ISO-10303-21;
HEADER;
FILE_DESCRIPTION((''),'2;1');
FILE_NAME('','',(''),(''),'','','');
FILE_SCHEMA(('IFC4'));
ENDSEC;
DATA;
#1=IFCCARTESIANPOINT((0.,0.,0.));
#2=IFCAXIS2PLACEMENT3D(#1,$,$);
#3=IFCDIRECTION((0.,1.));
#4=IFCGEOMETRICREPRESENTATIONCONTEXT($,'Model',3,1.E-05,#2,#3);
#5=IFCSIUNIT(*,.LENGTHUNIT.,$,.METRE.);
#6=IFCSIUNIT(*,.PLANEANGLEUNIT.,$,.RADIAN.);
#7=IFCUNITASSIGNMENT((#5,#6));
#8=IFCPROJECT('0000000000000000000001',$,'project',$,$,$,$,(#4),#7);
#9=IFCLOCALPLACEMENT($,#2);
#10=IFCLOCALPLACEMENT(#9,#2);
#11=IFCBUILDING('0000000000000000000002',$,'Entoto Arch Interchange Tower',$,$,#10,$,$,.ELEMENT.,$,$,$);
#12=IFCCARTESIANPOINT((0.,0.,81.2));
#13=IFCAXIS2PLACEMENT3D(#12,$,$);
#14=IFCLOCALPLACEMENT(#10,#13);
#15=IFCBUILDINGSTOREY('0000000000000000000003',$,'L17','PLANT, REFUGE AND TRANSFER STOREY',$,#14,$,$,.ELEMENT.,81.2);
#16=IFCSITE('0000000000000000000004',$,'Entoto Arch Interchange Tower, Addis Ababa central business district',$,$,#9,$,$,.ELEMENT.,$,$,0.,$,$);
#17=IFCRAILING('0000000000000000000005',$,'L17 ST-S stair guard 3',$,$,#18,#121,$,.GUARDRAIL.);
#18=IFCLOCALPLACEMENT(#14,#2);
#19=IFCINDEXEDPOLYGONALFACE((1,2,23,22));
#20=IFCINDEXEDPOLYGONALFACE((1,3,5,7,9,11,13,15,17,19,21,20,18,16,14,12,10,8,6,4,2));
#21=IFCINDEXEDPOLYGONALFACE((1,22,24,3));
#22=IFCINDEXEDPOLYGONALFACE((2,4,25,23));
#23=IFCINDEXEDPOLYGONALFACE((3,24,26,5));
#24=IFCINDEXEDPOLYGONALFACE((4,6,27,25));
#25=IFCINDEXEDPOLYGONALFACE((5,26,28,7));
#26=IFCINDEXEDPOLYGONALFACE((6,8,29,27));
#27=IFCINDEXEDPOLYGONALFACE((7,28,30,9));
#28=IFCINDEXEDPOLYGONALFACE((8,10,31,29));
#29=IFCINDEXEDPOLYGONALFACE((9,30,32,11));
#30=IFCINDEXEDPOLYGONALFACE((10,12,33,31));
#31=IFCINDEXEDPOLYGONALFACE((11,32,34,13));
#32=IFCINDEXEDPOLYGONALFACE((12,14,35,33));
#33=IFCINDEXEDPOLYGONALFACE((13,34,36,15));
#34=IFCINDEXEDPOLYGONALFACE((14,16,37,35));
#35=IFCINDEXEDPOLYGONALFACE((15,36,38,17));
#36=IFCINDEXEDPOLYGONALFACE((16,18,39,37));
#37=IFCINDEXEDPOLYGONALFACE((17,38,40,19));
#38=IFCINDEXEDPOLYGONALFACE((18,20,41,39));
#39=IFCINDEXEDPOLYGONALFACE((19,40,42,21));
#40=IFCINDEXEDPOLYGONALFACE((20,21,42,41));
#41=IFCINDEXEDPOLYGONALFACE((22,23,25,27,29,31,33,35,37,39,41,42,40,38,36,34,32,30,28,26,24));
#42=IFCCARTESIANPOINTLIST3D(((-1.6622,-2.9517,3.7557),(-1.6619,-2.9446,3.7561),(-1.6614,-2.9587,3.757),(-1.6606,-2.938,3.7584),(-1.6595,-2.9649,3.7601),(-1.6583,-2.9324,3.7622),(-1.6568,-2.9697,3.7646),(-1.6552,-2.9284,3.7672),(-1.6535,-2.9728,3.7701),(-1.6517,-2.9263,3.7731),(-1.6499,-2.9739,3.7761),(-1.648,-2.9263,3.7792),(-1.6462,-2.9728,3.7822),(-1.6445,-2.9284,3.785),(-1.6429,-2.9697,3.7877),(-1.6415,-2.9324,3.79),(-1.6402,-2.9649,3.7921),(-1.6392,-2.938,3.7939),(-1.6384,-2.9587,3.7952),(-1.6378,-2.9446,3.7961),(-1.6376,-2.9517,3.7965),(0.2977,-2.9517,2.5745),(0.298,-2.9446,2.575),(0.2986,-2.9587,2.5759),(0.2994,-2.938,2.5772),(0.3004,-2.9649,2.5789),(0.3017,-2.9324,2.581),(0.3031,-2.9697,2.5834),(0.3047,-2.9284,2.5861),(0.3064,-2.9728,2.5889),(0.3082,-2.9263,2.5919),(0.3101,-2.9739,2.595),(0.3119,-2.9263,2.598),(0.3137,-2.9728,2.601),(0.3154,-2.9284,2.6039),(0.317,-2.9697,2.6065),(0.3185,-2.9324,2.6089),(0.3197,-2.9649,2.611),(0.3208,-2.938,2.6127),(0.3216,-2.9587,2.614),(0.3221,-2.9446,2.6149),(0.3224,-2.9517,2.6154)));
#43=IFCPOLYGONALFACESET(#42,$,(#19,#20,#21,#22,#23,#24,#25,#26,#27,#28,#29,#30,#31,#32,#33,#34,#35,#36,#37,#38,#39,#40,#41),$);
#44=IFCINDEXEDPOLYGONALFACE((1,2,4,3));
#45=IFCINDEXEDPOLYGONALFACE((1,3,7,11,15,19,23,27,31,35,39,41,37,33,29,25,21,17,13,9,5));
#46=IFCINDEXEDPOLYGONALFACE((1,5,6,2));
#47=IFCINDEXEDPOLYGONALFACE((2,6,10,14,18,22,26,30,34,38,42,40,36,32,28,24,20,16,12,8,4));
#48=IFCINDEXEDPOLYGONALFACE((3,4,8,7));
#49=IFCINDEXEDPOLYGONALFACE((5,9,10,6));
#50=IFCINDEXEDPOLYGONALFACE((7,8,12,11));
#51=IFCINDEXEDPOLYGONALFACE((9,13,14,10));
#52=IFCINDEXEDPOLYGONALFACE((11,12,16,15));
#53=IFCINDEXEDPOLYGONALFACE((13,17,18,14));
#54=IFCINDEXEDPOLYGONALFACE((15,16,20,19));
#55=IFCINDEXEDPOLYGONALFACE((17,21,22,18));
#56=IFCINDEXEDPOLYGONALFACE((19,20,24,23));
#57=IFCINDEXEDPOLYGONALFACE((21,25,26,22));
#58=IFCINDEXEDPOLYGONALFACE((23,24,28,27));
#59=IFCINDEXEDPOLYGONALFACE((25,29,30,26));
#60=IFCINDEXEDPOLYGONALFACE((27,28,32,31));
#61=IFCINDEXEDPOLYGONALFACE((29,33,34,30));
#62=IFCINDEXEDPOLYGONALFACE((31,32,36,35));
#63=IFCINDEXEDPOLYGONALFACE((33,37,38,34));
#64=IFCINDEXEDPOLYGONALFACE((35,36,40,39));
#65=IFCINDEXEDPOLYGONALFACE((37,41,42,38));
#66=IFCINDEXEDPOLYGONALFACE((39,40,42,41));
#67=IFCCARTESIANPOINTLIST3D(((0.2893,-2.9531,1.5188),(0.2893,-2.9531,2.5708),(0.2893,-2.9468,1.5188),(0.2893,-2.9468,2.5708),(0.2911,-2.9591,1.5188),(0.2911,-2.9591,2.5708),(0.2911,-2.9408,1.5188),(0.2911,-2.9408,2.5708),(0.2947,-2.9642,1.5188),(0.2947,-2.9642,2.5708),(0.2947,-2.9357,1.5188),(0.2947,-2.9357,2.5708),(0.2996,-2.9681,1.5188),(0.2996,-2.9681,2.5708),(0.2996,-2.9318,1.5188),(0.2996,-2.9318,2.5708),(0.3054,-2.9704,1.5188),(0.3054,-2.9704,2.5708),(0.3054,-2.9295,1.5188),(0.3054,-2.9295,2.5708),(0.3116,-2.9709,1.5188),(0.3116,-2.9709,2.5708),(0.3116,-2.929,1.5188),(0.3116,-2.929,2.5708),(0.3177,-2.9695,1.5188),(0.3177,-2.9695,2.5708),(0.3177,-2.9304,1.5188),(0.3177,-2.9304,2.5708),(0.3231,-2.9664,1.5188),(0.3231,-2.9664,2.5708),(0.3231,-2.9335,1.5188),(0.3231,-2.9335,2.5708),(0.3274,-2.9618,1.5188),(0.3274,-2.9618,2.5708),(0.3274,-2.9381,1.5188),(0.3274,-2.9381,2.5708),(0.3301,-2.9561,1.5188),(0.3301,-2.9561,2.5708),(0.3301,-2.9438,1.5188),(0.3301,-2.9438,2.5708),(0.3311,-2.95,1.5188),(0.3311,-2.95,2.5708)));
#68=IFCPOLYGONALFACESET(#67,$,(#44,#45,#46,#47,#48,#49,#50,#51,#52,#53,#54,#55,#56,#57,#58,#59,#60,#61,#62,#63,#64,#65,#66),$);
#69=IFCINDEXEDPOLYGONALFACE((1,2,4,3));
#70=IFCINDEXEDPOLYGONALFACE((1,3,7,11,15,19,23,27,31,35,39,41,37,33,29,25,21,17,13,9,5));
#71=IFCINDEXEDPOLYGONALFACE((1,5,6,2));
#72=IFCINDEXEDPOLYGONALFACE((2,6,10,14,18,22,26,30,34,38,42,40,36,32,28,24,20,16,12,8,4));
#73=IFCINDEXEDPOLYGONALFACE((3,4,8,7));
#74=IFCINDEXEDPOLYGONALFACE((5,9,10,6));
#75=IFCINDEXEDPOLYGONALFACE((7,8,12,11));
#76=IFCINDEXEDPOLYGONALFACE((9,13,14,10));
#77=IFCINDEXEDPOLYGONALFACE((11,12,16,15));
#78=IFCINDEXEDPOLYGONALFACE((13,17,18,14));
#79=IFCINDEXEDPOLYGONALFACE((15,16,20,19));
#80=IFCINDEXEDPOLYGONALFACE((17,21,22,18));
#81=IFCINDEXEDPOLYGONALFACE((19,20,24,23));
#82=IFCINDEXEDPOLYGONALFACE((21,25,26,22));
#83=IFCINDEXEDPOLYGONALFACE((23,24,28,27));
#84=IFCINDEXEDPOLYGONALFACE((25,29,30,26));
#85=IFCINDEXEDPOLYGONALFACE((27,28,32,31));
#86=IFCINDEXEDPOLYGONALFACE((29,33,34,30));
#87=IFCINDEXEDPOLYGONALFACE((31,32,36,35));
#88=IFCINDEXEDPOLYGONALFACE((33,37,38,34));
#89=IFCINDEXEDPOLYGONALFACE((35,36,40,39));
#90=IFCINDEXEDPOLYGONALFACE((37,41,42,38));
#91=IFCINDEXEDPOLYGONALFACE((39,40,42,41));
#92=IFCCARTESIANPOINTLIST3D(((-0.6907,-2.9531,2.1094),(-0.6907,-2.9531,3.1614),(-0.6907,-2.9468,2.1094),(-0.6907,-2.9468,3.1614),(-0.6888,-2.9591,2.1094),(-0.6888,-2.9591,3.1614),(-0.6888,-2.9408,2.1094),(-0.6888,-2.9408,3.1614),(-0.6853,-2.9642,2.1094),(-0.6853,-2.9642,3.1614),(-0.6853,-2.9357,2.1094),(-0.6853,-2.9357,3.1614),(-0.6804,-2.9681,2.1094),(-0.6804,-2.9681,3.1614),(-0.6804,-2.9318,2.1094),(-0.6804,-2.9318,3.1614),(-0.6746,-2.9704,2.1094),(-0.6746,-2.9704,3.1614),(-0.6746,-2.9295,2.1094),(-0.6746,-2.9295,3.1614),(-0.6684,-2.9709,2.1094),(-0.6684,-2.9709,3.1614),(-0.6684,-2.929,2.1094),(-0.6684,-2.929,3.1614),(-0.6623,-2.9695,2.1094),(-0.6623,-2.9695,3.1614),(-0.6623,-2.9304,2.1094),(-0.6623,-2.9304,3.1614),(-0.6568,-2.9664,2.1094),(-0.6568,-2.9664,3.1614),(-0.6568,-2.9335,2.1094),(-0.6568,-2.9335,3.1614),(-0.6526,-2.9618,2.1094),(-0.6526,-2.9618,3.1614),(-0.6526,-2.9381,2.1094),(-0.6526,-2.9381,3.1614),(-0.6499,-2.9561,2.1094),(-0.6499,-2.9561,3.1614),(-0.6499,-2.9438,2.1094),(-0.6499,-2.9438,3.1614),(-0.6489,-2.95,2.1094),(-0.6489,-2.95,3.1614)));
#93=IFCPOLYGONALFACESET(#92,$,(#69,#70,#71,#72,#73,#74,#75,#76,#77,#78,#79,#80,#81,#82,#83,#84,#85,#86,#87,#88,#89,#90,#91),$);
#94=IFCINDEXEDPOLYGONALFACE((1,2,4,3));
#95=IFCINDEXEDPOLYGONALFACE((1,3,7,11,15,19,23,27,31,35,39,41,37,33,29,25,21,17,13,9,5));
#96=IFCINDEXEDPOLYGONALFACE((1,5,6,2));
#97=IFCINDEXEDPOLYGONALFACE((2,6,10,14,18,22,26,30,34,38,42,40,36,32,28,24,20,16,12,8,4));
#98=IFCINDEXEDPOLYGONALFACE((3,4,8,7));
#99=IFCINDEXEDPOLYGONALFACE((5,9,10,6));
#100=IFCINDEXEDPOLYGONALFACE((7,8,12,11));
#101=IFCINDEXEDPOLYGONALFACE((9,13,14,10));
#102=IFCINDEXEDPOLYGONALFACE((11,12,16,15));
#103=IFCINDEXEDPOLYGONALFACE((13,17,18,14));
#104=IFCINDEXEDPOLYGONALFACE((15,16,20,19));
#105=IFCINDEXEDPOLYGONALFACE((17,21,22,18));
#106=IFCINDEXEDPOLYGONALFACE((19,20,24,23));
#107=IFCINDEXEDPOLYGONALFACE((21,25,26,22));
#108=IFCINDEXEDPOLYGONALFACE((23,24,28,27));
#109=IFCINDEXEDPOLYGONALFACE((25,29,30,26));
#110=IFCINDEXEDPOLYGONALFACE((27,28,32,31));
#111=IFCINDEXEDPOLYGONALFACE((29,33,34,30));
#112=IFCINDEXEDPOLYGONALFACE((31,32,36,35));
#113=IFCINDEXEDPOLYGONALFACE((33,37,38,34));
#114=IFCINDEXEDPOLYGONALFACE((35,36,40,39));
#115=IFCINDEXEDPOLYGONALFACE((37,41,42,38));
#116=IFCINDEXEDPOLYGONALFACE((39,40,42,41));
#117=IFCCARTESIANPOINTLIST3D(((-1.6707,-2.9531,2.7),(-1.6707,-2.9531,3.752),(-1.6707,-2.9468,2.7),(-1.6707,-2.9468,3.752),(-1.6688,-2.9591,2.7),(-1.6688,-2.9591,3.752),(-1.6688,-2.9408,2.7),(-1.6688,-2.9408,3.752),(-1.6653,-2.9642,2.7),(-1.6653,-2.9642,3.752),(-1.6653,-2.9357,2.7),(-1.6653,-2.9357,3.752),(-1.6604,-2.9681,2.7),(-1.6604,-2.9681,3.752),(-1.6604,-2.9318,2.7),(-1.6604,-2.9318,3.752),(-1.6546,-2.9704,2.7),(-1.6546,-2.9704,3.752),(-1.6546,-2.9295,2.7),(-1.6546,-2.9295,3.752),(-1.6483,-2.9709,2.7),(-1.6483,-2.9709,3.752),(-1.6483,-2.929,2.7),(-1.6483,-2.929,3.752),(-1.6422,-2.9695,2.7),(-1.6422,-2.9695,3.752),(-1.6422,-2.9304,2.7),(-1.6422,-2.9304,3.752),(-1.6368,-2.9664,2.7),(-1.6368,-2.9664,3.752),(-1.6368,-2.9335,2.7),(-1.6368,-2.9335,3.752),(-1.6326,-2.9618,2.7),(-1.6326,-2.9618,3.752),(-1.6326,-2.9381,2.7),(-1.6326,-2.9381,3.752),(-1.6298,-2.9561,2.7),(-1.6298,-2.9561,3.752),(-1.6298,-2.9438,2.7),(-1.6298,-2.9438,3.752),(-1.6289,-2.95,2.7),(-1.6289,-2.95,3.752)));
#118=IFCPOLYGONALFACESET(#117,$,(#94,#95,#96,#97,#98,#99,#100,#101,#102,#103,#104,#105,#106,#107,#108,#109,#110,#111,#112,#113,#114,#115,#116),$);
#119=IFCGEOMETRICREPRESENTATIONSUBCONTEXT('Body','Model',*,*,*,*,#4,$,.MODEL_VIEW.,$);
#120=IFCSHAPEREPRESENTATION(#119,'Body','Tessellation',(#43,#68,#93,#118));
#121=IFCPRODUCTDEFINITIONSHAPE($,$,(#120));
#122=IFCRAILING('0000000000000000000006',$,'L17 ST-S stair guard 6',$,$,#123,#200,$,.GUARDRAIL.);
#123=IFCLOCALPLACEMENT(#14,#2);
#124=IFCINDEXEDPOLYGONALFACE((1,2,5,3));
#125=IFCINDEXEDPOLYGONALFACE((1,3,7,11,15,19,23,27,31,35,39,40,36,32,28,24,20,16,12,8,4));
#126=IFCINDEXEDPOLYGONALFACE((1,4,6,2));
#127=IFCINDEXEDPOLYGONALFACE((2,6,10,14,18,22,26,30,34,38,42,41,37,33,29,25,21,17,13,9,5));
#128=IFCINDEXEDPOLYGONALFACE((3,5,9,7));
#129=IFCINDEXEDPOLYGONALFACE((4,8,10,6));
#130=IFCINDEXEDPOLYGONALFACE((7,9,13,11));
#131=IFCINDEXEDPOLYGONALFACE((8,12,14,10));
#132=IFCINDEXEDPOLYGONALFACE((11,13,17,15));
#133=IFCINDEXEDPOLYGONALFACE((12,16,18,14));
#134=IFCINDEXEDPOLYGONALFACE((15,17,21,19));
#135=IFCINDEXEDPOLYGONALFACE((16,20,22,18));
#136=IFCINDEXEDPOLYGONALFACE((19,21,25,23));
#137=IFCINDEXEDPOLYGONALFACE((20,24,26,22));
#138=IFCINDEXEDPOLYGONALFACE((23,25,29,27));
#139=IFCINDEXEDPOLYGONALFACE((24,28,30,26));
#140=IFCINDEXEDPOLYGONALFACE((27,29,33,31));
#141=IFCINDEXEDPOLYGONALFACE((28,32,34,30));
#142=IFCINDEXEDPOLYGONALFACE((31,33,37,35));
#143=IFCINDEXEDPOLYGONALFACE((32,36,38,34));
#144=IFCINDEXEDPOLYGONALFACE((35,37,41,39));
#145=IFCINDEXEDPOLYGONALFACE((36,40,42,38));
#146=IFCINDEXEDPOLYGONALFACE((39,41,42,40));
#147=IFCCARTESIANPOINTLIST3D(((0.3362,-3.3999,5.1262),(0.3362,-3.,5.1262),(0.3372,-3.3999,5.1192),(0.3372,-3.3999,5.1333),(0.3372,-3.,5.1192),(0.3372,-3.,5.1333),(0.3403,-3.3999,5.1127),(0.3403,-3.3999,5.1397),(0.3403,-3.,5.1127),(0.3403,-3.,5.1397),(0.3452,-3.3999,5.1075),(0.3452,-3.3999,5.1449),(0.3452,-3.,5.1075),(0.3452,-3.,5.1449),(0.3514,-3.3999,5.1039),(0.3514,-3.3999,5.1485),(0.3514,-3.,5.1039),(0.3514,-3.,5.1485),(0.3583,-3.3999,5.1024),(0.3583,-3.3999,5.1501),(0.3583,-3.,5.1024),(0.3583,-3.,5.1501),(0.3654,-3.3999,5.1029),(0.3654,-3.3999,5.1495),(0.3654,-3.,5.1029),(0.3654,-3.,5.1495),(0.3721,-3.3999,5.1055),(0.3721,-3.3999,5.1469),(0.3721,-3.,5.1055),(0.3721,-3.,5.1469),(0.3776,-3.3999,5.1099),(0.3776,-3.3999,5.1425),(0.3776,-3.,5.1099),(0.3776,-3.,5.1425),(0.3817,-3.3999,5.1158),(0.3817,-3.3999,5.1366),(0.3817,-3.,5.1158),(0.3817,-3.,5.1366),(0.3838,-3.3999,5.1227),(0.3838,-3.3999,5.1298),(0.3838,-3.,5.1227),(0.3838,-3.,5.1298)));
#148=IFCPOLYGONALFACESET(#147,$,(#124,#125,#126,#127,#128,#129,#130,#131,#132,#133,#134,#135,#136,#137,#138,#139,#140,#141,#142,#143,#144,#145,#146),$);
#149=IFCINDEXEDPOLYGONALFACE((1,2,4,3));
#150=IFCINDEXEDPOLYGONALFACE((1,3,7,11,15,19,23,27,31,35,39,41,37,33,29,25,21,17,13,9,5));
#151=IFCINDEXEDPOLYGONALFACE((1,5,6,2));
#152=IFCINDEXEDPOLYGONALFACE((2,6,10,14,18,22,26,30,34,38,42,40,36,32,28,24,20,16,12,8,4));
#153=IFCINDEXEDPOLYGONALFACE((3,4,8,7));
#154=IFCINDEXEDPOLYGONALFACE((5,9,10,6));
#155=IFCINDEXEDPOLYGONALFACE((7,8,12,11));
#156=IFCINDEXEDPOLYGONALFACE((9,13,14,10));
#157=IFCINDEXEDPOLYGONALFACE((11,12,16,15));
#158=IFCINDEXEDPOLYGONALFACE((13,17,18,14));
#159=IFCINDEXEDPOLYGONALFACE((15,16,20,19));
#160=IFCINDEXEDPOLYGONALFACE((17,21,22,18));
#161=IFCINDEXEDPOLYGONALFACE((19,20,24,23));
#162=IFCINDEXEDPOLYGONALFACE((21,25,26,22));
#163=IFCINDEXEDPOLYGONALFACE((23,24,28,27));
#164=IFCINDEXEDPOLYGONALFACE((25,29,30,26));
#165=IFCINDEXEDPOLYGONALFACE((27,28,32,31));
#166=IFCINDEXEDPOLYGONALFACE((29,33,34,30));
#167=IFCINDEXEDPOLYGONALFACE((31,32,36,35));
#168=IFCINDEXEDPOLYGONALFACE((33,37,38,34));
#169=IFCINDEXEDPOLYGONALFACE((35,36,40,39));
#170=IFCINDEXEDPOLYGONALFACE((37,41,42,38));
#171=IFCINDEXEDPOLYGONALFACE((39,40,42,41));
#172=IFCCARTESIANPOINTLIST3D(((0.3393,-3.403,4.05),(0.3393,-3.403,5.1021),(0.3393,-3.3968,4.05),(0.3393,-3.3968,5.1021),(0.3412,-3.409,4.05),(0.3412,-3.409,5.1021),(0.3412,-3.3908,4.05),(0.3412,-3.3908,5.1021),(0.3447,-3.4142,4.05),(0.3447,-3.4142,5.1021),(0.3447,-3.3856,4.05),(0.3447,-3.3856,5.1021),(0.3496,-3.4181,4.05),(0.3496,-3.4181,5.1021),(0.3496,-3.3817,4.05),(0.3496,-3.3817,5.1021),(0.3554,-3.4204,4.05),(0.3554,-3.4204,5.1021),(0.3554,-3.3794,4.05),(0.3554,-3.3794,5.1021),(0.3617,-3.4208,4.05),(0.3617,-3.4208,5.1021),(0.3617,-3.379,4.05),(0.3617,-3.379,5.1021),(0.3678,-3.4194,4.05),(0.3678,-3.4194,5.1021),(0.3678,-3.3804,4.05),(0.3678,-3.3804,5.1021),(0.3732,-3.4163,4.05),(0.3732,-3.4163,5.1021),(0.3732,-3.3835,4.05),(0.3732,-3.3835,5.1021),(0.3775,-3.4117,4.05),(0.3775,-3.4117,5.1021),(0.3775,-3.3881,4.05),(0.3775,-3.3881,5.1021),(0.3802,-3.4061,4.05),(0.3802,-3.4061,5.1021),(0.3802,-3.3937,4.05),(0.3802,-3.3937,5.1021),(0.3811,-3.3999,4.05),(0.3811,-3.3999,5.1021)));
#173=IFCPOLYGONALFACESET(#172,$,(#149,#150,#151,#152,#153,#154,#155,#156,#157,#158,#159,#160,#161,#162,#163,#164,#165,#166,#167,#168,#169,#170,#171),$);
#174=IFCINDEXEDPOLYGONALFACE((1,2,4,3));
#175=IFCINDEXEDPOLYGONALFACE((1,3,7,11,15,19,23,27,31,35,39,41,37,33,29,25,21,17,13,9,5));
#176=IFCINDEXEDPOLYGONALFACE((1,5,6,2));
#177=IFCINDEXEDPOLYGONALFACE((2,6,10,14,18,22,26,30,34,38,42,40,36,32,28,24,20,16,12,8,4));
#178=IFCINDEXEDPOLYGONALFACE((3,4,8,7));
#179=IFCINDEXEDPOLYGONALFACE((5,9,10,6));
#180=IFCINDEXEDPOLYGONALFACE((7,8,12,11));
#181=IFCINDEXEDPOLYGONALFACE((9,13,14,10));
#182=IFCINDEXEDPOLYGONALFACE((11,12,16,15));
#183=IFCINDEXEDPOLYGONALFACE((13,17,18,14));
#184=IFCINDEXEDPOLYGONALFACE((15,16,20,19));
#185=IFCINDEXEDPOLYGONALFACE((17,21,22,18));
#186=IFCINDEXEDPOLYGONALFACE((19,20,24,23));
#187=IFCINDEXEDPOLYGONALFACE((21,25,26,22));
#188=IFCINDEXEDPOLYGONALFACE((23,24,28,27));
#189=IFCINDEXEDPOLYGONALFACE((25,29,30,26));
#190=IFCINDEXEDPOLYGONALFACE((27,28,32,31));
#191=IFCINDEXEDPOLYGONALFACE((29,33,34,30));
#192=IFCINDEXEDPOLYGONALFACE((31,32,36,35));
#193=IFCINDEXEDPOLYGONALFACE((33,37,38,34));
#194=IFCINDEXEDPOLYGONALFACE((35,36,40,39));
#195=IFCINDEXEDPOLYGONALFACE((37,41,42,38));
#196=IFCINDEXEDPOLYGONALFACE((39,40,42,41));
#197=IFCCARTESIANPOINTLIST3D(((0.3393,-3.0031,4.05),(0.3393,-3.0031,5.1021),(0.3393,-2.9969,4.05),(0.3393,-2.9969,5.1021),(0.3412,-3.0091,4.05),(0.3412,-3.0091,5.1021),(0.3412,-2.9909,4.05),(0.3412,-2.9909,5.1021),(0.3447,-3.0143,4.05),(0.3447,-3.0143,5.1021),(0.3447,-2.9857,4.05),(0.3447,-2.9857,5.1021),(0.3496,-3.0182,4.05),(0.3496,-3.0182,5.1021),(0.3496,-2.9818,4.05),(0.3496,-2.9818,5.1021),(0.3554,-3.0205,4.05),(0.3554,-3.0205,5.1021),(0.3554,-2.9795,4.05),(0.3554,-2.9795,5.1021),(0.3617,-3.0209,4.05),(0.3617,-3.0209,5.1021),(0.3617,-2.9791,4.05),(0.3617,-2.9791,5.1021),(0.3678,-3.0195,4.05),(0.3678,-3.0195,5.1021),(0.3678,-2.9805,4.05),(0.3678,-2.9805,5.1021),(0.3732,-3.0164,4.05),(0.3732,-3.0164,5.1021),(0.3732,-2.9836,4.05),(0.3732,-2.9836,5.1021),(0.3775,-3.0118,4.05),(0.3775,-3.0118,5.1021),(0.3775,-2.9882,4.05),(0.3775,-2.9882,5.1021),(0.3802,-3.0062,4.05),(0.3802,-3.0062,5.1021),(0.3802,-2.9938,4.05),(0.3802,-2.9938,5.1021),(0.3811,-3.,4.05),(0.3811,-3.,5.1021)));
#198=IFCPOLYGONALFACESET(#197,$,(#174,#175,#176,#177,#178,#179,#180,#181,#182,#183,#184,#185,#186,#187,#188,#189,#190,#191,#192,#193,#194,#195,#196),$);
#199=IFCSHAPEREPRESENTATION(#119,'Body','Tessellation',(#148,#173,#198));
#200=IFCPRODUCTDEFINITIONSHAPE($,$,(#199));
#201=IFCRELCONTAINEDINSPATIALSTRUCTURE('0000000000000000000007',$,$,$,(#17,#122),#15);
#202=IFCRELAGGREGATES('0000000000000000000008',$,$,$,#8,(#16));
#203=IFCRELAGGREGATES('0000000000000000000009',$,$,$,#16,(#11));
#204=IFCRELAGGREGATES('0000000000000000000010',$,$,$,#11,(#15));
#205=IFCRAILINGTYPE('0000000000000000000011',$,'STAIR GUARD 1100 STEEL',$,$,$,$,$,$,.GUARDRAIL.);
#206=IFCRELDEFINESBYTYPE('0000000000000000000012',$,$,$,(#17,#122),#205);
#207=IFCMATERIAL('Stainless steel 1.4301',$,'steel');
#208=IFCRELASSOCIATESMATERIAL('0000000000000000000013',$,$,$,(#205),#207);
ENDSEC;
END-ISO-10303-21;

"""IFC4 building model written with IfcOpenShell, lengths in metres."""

from ifc_helpers import new_model, si_unit, direction, frame, origin, origin_2d, place, context, subcontext, project, spatial, circle, extrude, material, type_object, element, save


model = new_model("IFC4")

# Units and contexts
model_context = context("Model", 3, precision=1e-05, world=origin(), true_north=direction((0.0, 1.0)))
body_context = subcontext(model_context, "Body", "Model", "MODEL_VIEW")
ifc_project = project(units=[si_unit("LENGTHUNIT", "METRE"), si_unit("PLANEANGLEUNIT", "RADIAN")], contexts=[model_context])

# Site, building, storey
site_placement = place(None, origin())
site = spatial("IfcSite", under=ifc_project, at=site_placement, Name="Entoto Arch Interchange Tower, Addis Ababa central business district", CompositionType="ELEMENT", RefElevation=0.0)
building_placement = place(site_placement, origin())
building = spatial("IfcBuilding", under=site, at=building_placement, Name="Entoto Arch Interchange Tower", CompositionType="ELEMENT")
storey_placement = place(building_placement, frame((0.0, 0.0, 81.2)))
storey = spatial("IfcBuildingStorey", under=building, at=storey_placement, Name="L17", Description="PLANT, REFUGE AND TRANSFER STOREY", CompositionType="ELEMENT", Elevation=81.2)

# Railings
ifc_material_1 = material(Name="Stainless steel 1.4301", Category="steel")
railing_type_1 = type_object("IfcRailingType", Name="STAIR GUARD 1100 STEEL", PredefinedType="GUARDRAIL", material=ifc_material_1)
railing_1_placement = place(storey_placement, frame((0.3101, -2.95, 1.5188)))
element("IfcRailing", 1, at=railing_1_placement, inside=storey, type_object=railing_type_1, Name="L17 ST-S stair guard 3", PredefinedType="GUARDRAIL", context=body_context, shape_type="SweptSolid", body=[
    extrude(circle(Radius=0.0239, at=origin_2d()), frame((0.0, 0.0, 1.0762), z_axis=(-0.856493, 0.0, 0.516158), x_axis=(0.0, -1.0, 0.0)), (0.0, 0.0, 1.0), 2.2883),
    extrude(circle(Radius=0.021, at=origin_2d()), origin(), (0.0, 0.0, 1.0), 1.052),
    extrude(circle(Radius=0.021, at=origin_2d()), frame((-0.98, 0.0, 0.5906)), (0.0, 0.0, 1.0), 1.052),
    extrude(circle(Radius=0.021, at=origin_2d()), frame((-1.96, 0.0, 1.1812)), (0.0, 0.0, 1.0), 1.052),
])
railing_2_placement = place(storey_placement, frame((0.3601, -3.3999, 4.05)))
element("IfcRailing", 2, at=railing_2_placement, inside=storey, type_object=railing_type_1, Name="L17 ST-S stair guard 6", PredefinedType="GUARDRAIL", context=body_context, shape_type="SweptSolid", body=[
    extrude(circle(Radius=0.0239, at=origin_2d()), frame((0.0, 0.0, 1.0762), z_axis=(0.0, 1.0, 0.0), x_axis=(-1.0, 0.0, 0.0)), (0.0, 0.0, 1.0), 0.3999),
    extrude(circle(Radius=0.021, at=origin_2d()), origin(), (0.0, 0.0, 1.0), 1.052),
    extrude(circle(Radius=0.021, at=origin_2d()), frame((0.0, 0.3999, 0.0)), (0.0, 0.0, 1.0), 1.052),
])

save(model, "model.ifc")
